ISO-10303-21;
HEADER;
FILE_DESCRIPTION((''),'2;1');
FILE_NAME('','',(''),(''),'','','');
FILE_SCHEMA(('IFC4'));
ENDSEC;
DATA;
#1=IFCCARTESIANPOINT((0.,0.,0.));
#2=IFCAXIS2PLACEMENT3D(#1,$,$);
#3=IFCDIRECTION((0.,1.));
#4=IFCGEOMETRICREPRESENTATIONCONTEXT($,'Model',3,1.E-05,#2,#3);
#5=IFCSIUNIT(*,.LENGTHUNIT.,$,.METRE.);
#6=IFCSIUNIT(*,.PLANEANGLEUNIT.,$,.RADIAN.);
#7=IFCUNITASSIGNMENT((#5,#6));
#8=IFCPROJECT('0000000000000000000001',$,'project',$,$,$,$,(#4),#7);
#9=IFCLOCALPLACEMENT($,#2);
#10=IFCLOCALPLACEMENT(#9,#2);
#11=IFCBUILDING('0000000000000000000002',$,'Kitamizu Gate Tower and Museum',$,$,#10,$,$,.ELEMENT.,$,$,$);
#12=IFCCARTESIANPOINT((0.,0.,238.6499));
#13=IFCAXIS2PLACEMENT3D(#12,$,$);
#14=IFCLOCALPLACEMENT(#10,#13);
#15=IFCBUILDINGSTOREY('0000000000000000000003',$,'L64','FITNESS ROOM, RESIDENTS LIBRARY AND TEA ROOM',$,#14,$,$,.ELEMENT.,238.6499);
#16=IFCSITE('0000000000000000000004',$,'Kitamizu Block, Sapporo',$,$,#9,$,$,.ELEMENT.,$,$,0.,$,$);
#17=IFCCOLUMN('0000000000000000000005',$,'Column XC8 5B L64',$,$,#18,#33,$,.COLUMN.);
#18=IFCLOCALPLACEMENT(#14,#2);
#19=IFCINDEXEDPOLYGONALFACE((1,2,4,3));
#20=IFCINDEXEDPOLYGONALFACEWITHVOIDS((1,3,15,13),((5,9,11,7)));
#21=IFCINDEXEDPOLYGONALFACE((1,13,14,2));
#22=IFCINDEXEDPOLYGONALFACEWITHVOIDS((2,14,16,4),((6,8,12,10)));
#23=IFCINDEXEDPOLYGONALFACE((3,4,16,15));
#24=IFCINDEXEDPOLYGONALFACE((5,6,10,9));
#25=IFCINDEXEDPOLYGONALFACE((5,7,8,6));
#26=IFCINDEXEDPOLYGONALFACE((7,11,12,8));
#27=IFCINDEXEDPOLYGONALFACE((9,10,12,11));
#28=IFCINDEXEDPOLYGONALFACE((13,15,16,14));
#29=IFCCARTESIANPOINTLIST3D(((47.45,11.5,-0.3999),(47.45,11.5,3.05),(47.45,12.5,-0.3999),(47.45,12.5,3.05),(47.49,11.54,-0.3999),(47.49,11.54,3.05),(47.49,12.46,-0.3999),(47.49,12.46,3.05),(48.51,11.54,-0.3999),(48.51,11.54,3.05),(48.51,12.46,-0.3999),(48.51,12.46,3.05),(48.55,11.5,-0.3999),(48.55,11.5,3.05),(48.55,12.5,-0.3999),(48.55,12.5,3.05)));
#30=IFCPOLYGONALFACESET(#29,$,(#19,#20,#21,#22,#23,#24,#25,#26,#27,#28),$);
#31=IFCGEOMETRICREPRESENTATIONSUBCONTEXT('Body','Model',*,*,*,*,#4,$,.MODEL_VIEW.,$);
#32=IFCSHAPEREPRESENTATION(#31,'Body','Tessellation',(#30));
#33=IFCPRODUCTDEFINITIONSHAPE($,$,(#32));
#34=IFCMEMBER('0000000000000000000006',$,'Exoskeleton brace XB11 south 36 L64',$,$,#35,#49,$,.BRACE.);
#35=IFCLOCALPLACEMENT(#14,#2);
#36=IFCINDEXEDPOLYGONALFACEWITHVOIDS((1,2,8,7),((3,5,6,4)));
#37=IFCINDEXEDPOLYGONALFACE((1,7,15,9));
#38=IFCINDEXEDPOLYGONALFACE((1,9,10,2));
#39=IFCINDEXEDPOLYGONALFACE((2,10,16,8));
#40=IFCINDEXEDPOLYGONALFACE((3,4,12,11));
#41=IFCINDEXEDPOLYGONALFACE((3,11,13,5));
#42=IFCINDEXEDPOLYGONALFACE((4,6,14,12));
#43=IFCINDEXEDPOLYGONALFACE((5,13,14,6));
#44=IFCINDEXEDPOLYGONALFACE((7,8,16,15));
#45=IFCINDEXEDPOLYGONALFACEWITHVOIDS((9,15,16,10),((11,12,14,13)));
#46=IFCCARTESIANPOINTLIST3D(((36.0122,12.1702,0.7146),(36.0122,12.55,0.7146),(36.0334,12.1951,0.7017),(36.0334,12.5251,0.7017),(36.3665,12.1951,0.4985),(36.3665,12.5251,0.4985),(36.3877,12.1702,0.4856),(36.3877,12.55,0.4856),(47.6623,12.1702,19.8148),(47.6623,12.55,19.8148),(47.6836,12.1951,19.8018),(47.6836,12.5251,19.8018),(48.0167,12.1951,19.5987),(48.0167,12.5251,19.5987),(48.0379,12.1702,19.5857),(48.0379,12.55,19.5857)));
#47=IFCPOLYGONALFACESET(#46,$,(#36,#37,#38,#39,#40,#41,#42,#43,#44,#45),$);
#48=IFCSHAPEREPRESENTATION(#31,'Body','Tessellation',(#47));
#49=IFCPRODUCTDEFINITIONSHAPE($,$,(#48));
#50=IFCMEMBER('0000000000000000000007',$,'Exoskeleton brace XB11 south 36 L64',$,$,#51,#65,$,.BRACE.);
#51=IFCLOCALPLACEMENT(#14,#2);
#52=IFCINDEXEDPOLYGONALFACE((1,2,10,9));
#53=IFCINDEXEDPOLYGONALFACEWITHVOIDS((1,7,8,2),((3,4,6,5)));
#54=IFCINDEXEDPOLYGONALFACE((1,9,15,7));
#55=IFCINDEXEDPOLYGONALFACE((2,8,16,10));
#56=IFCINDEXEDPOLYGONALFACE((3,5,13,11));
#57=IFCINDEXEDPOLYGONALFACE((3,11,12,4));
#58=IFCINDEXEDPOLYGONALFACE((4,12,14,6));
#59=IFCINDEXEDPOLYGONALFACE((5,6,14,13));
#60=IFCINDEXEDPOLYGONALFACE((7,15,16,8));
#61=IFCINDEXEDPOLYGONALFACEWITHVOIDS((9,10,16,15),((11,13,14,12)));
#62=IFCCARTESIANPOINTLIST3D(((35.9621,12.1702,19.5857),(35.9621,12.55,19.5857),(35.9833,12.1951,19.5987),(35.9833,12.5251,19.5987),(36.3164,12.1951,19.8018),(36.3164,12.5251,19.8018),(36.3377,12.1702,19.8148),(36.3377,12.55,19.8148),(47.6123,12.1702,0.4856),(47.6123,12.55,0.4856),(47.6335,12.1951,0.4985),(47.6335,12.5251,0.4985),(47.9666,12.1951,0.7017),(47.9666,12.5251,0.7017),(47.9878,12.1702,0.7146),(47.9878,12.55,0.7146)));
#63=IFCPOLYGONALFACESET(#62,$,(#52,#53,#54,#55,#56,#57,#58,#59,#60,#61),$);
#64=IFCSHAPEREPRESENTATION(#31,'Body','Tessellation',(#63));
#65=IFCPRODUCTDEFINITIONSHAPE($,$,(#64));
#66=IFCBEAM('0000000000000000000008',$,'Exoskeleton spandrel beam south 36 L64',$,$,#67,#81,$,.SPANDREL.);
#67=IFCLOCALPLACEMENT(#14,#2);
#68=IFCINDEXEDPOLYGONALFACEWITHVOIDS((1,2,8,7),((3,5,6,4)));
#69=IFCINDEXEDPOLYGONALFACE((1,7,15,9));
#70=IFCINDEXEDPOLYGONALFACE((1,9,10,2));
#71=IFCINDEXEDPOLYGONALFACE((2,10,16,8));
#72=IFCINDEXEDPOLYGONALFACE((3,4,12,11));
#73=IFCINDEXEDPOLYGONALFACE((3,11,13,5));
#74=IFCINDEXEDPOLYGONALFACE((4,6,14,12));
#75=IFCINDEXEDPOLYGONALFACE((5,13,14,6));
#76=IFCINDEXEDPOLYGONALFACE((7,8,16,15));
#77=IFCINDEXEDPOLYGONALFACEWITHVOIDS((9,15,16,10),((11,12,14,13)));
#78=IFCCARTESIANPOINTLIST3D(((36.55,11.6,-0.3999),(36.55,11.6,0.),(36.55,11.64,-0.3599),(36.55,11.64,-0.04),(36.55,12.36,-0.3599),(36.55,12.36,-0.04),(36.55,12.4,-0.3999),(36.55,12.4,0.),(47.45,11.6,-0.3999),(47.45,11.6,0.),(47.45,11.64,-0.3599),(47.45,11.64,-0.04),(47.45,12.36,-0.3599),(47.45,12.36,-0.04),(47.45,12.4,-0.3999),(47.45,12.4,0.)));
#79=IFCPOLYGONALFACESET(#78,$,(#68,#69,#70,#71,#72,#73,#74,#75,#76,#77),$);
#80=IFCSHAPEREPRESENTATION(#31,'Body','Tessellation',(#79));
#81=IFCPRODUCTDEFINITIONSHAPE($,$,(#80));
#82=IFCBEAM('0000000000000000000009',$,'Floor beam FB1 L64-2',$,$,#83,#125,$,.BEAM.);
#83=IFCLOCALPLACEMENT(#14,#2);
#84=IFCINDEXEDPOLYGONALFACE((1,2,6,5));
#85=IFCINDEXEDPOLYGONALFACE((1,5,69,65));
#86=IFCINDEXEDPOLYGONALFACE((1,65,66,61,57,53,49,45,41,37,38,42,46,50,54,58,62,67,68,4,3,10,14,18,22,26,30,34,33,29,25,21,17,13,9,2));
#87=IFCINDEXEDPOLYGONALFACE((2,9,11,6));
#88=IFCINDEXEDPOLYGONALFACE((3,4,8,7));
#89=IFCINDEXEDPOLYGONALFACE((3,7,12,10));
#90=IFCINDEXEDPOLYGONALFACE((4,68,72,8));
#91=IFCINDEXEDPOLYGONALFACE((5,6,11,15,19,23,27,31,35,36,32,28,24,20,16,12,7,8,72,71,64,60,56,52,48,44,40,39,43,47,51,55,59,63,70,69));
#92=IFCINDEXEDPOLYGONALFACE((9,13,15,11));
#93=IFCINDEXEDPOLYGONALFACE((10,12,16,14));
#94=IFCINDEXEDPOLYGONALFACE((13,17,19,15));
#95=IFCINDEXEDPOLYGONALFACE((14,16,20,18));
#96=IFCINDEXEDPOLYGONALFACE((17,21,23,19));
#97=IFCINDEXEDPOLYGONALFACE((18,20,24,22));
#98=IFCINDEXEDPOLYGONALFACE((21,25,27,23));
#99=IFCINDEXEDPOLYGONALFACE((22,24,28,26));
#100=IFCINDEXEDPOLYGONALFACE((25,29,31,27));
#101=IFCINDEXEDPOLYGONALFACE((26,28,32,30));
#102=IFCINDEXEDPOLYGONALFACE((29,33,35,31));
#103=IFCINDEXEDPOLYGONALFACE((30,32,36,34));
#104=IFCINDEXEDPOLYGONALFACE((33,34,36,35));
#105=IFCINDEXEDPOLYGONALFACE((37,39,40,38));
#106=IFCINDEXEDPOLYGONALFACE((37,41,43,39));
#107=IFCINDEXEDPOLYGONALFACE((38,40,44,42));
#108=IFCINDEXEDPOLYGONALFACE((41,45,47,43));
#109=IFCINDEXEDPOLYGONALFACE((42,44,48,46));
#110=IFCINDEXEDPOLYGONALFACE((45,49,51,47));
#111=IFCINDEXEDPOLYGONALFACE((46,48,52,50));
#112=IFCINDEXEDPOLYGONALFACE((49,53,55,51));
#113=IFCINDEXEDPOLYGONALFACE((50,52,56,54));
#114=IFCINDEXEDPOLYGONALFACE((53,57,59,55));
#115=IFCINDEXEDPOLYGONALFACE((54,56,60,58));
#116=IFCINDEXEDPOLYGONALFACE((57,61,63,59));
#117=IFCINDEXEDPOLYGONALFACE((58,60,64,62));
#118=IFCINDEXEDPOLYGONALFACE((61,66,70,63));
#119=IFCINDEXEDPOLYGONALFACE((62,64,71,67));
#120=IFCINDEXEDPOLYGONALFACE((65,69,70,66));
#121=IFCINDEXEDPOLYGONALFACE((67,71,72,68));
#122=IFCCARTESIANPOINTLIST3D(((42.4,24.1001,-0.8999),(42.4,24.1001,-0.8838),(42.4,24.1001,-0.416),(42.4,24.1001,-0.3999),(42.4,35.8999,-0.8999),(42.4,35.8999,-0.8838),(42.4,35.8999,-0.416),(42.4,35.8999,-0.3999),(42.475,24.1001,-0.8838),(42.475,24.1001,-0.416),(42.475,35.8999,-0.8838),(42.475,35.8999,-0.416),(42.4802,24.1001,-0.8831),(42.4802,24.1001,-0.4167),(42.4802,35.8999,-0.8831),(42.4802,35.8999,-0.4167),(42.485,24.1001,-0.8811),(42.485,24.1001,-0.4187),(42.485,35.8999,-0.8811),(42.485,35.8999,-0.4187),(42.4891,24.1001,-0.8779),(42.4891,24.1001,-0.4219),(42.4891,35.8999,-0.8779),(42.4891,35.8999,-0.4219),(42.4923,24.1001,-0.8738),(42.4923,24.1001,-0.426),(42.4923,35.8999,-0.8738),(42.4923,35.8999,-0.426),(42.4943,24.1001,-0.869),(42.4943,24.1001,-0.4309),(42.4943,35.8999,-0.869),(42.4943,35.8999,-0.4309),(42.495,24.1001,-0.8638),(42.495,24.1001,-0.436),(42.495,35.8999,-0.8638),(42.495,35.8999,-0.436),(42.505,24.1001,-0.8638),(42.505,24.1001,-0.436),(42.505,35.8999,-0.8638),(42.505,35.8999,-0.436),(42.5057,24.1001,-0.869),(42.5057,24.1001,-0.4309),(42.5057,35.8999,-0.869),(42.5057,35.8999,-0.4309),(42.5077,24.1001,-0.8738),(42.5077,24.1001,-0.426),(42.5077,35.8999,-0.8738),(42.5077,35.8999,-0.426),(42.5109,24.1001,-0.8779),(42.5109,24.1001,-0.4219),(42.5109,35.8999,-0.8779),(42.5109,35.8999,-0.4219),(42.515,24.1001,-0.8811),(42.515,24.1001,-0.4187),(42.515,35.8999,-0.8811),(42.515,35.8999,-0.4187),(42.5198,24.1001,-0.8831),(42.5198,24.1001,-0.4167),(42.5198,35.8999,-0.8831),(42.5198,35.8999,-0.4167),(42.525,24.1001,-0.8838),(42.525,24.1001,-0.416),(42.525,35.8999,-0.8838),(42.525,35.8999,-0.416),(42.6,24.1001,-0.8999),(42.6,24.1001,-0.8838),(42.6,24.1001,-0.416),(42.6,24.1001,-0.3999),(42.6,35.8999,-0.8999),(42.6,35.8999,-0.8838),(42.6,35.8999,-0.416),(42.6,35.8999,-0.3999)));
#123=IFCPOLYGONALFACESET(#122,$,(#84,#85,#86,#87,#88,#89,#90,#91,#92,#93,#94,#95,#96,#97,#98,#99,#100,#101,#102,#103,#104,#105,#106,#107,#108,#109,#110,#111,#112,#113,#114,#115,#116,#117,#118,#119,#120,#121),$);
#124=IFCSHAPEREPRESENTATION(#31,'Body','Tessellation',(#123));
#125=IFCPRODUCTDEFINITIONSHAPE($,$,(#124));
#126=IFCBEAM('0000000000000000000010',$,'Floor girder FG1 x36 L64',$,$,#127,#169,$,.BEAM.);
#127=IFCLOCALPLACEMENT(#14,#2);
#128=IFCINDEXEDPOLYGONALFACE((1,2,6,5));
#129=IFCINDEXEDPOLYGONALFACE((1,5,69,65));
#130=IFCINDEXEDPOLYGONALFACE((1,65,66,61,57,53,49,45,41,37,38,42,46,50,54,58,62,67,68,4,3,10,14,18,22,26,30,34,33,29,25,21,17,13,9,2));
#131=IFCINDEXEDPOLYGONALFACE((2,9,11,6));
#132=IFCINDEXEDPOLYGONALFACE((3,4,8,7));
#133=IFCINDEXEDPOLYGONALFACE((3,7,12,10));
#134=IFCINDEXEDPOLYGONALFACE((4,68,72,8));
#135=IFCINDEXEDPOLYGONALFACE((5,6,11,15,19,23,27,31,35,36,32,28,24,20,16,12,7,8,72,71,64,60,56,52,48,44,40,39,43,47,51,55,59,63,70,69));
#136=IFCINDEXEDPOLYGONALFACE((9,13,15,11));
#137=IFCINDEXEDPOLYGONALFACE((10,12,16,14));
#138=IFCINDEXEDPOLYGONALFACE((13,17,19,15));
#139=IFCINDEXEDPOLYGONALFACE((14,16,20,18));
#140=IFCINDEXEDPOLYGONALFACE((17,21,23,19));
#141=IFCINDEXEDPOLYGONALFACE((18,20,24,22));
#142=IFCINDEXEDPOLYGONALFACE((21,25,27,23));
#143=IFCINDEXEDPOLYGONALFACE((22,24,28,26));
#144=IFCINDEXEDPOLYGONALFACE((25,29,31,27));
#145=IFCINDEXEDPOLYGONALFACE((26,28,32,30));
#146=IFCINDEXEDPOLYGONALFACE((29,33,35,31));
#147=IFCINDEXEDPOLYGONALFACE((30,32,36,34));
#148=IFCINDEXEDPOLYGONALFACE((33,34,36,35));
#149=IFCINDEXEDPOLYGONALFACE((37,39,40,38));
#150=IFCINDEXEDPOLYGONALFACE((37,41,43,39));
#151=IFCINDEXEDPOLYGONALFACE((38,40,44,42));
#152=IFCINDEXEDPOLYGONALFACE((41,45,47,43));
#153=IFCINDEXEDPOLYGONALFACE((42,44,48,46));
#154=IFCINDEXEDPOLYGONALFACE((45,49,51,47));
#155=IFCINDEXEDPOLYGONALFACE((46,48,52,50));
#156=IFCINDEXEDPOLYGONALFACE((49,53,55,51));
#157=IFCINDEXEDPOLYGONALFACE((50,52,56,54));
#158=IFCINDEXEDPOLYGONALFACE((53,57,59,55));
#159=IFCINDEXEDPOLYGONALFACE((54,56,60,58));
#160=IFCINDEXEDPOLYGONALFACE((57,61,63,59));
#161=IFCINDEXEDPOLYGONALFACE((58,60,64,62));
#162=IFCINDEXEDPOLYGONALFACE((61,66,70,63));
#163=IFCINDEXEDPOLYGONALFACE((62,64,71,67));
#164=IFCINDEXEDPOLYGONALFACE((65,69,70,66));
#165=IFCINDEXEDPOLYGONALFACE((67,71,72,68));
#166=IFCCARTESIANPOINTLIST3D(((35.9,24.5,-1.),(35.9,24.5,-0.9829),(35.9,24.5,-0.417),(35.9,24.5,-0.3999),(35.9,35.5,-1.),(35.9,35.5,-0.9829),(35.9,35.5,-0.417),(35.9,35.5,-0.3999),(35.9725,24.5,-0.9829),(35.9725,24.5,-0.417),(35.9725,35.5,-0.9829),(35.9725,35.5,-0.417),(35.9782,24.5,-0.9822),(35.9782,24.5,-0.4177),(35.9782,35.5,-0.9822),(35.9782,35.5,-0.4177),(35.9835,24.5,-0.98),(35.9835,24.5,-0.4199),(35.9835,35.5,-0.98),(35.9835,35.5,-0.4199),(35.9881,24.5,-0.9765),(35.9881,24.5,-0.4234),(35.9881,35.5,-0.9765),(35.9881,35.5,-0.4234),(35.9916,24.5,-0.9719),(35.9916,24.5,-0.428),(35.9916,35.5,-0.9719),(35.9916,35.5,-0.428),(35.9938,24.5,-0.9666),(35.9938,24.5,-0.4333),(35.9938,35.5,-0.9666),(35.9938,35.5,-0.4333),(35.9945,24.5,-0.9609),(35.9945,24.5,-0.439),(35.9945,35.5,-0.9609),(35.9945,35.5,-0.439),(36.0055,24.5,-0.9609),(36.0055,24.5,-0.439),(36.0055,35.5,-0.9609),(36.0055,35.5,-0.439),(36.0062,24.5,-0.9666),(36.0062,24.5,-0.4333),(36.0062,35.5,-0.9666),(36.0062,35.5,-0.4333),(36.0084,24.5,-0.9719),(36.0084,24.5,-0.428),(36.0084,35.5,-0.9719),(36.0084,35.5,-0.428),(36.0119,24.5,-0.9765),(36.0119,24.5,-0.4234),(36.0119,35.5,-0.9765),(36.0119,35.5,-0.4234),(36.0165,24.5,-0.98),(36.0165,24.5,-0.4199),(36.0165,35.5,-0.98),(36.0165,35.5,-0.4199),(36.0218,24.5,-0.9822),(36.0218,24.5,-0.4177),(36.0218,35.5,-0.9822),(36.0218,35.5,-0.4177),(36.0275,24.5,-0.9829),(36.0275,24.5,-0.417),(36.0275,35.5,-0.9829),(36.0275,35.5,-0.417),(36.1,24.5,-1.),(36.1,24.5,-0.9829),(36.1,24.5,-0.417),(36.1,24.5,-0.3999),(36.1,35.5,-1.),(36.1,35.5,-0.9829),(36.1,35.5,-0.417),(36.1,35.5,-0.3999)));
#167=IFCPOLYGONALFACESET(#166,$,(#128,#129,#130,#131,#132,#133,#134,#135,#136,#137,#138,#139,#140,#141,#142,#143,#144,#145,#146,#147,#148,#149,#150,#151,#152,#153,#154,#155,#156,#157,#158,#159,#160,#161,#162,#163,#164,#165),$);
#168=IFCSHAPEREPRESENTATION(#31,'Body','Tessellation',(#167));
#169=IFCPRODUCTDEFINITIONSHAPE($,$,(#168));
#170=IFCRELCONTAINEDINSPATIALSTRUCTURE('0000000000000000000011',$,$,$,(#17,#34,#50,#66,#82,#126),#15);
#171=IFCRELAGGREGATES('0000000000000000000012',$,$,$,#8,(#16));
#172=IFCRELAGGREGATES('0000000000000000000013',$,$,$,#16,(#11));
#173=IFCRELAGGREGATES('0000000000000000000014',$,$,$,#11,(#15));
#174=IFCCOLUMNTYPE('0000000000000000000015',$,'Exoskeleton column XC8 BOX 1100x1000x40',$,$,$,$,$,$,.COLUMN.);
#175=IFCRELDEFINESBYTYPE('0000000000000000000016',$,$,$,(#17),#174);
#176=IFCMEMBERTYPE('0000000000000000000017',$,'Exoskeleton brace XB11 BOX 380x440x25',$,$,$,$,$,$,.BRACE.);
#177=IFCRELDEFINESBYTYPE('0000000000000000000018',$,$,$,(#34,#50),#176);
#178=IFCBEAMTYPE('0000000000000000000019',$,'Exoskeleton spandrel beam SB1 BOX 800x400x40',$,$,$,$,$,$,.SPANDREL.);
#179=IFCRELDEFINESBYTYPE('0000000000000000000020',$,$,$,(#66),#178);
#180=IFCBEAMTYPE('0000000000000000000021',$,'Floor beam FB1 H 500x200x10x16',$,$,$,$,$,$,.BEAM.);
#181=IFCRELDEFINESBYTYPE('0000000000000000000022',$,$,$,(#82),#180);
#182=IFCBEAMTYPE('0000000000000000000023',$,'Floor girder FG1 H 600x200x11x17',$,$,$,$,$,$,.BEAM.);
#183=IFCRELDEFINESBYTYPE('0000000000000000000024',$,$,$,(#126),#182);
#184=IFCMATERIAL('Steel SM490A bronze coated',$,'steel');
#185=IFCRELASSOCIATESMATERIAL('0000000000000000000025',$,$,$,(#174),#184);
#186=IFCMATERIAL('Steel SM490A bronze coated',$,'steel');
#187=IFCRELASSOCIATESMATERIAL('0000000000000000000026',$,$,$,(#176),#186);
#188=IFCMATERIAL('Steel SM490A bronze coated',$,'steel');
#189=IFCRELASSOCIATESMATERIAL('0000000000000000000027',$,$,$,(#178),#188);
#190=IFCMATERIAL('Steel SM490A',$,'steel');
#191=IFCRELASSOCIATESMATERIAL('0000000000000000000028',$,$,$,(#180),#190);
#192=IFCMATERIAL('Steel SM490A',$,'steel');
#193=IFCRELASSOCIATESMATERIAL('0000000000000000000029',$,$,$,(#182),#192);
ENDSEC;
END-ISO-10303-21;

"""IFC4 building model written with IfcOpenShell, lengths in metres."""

from ifc_helpers import new_model, si_unit, direction, frame, origin, origin_2d, place, context, subcontext, project, spatial, hollow_rectangle, i_section, extrude, material, material_profile, profile_set, type_object, element, save


model = new_model("IFC4")

# Units and contexts
model_context = context("Model", 3, precision=1e-05, world=origin(), true_north=direction((0.0, 1.0)))
body_context = subcontext(model_context, "Body", "Model", "MODEL_VIEW")
ifc_project = project(units=[si_unit("LENGTHUNIT", "METRE"), si_unit("PLANEANGLEUNIT", "RADIAN")], contexts=[model_context])

# Site, building, storey
site_placement = place(None, origin())
site = spatial("IfcSite", under=ifc_project, at=site_placement, Name="Kitamizu Block, Sapporo", CompositionType="ELEMENT", RefElevation=0.0)
building_placement = place(site_placement, origin())
building = spatial("IfcBuilding", under=site, at=building_placement, Name="Kitamizu Gate Tower and Museum", CompositionType="ELEMENT")
storey_placement = place(building_placement, frame((0.0, 0.0, 238.6499)))
storey = spatial("IfcBuildingStorey", under=building, at=storey_placement, Name="L64", Description="FITNESS ROOM, RESIDENTS LIBRARY AND TEA ROOM", CompositionType="ELEMENT", Elevation=238.6499)

# Column
ifc_material_1 = material(Name="Steel SM490A bronze coated", Category="steel")
ifc_material_profile_1 = material_profile(ifc_material_1, hollow_rectangle(XDim=1.1001, YDim=1.0, WallThickness=0.04, at=origin_2d()), Name="BOX 1100x1000x40")
ifc_profile_set_1 = profile_set([ifc_material_profile_1], Name="Steel SM490A bronze coated")
column_type = type_object("IfcColumnType", Name="Exoskeleton column XC8 BOX 1100x1000x40", PredefinedType="COLUMN", material=ifc_profile_set_1)
column_placement = place(storey_placement, frame((48.0, 12.0, -0.3999), z_axis=(0.0, 0.0, 1.0), x_axis=(1.0, 0.0, 0.0)))
element("IfcColumn", 1, at=column_placement, inside=storey, type_object=column_type, Name="Column XC8 5B L64", PredefinedType="COLUMN", context=body_context, shape_type="SweptSolid", body=[
    extrude(hollow_rectangle(XDim=1.1001, YDim=1.0, WallThickness=0.04, at=origin_2d()), origin(), (0.0, 0.0, 1.0), 3.45),
])

# Members
ifc_material_2 = material(Name="Steel SM490A bronze coated", Category="steel")
ifc_material_profile_2 = material_profile(ifc_material_2, hollow_rectangle(XDim=0.3799, YDim=0.4399, WallThickness=0.0249, at=origin_2d()), Name="BOX 380x440x25")
ifc_profile_set_2 = profile_set([ifc_material_profile_2], Name="Steel SM490A bronze coated")
member_type = type_object("IfcMemberType", Name="Exoskeleton brace XB11 BOX 380x440x25", PredefinedType="BRACE", material=ifc_profile_set_2)
for number, where, z_axis, x_axis, name in (
    (2, (36.2, 12.3601, 0.6001), (0.520729, 0.0, 0.853722), (0.0, 1.0, 0.0), "Exoskeleton brace XB11 south 36 L64"),
    (3, (47.8, 12.3601, 0.6001), (-0.520729, 0.0, 0.853722), (0.0, -1.0, 0.0), "Exoskeleton brace XB11 south 36 L64"),
):
    element("IfcMember", number, at=place(storey_placement, frame(where, z_axis=z_axis, x_axis=x_axis)), inside=storey, type_object=member_type, Name=name, PredefinedType="BRACE", context=body_context, shape_type="SweptSolid", body=[
        extrude(hollow_rectangle(XDim=0.3799, YDim=0.4399, WallThickness=0.0249, at=origin_2d()), origin(), (0.0, 0.0, 1.0), 22.3728),
    ])

# Beams
ifc_material_3 = material(Name="Steel SM490A bronze coated", Category="steel")
ifc_material_profile_3 = material_profile(ifc_material_3, hollow_rectangle(XDim=0.8, YDim=0.3999, WallThickness=0.04, at=origin_2d()), Name="BOX 800x400x40")
ifc_profile_set_3 = profile_set([ifc_material_profile_3], Name="Steel SM490A bronze coated")
beam_type_1 = type_object("IfcBeamType", Name="Exoskeleton spandrel beam SB1 BOX 800x400x40", PredefinedType="SPANDREL", material=ifc_profile_set_3)
beam_1_placement = place(storey_placement, frame((36.55, 12.0, -0.2), z_axis=(1.0, 0.0, 0.0), x_axis=(0.0, 1.0, 0.0)))
element("IfcBeam", 4, at=beam_1_placement, inside=storey, type_object=beam_type_1, Name="Exoskeleton spandrel beam south 36 L64", PredefinedType="SPANDREL", context=body_context, shape_type="SweptSolid", body=[
    extrude(hollow_rectangle(XDim=0.8, YDim=0.3999, WallThickness=0.04, at=origin_2d()), origin(), (0.0, 0.0, 1.0), 10.8999),
])
ifc_material_4 = material(Name="Steel SM490A", Category="steel")
ifc_material_profile_4 = material_profile(ifc_material_4, i_section(OverallWidth=0.2, OverallDepth=0.5, WebThickness=0.01, FlangeThickness=0.0161, FilletRadius=0.02, at=origin_2d()), Name="H-500x200x10x16")
ifc_profile_set_4 = profile_set([ifc_material_profile_4], Name="Steel SM490A")
beam_type_2 = type_object("IfcBeamType", Name="Floor beam FB1 H 500x200x10x16", PredefinedType="BEAM", material=ifc_profile_set_4)
beam_2_placement = place(storey_placement, frame((42.5, 24.1001, -0.6499), z_axis=(0.0, 1.0, 0.0), x_axis=(-1.0, 0.0, 0.0)))
element("IfcBeam", 5, at=beam_2_placement, inside=storey, type_object=beam_type_2, Name="Floor beam FB1 L64-2", PredefinedType="BEAM", context=body_context, shape_type="SweptSolid", body=[
    extrude(i_section(OverallWidth=0.2, OverallDepth=0.5, WebThickness=0.01, FlangeThickness=0.0161, FilletRadius=0.02, at=origin_2d()), origin(), (0.0, 0.0, 1.0), 11.7998),
])
ifc_material_5 = material(Name="Steel SM490A", Category="steel")
ifc_material_profile_5 = material_profile(ifc_material_5, i_section(OverallWidth=0.2, OverallDepth=0.6001, WebThickness=0.011, FlangeThickness=0.0171, FilletRadius=0.022, at=origin_2d()), Name="H-600x200x11x17")
ifc_profile_set_5 = profile_set([ifc_material_profile_5], Name="Steel SM490A")
beam_type_3 = type_object("IfcBeamType", Name="Floor girder FG1 H 600x200x11x17", PredefinedType="BEAM", material=ifc_profile_set_5)
beam_3_placement = place(storey_placement, frame((36.0, 24.5, -0.7), z_axis=(0.0, 1.0, 0.0), x_axis=(-1.0, 0.0, 0.0)))
element("IfcBeam", 6, at=beam_3_placement, inside=storey, type_object=beam_type_3, Name="Floor girder FG1 x36 L64", PredefinedType="BEAM", context=body_context, shape_type="SweptSolid", body=[
    extrude(i_section(OverallWidth=0.2, OverallDepth=0.6001, WebThickness=0.011, FlangeThickness=0.0171, FilletRadius=0.022, at=origin_2d()), origin(), (0.0, 0.0, 1.0), 11.0),
])

save(model, "model.ifc")
